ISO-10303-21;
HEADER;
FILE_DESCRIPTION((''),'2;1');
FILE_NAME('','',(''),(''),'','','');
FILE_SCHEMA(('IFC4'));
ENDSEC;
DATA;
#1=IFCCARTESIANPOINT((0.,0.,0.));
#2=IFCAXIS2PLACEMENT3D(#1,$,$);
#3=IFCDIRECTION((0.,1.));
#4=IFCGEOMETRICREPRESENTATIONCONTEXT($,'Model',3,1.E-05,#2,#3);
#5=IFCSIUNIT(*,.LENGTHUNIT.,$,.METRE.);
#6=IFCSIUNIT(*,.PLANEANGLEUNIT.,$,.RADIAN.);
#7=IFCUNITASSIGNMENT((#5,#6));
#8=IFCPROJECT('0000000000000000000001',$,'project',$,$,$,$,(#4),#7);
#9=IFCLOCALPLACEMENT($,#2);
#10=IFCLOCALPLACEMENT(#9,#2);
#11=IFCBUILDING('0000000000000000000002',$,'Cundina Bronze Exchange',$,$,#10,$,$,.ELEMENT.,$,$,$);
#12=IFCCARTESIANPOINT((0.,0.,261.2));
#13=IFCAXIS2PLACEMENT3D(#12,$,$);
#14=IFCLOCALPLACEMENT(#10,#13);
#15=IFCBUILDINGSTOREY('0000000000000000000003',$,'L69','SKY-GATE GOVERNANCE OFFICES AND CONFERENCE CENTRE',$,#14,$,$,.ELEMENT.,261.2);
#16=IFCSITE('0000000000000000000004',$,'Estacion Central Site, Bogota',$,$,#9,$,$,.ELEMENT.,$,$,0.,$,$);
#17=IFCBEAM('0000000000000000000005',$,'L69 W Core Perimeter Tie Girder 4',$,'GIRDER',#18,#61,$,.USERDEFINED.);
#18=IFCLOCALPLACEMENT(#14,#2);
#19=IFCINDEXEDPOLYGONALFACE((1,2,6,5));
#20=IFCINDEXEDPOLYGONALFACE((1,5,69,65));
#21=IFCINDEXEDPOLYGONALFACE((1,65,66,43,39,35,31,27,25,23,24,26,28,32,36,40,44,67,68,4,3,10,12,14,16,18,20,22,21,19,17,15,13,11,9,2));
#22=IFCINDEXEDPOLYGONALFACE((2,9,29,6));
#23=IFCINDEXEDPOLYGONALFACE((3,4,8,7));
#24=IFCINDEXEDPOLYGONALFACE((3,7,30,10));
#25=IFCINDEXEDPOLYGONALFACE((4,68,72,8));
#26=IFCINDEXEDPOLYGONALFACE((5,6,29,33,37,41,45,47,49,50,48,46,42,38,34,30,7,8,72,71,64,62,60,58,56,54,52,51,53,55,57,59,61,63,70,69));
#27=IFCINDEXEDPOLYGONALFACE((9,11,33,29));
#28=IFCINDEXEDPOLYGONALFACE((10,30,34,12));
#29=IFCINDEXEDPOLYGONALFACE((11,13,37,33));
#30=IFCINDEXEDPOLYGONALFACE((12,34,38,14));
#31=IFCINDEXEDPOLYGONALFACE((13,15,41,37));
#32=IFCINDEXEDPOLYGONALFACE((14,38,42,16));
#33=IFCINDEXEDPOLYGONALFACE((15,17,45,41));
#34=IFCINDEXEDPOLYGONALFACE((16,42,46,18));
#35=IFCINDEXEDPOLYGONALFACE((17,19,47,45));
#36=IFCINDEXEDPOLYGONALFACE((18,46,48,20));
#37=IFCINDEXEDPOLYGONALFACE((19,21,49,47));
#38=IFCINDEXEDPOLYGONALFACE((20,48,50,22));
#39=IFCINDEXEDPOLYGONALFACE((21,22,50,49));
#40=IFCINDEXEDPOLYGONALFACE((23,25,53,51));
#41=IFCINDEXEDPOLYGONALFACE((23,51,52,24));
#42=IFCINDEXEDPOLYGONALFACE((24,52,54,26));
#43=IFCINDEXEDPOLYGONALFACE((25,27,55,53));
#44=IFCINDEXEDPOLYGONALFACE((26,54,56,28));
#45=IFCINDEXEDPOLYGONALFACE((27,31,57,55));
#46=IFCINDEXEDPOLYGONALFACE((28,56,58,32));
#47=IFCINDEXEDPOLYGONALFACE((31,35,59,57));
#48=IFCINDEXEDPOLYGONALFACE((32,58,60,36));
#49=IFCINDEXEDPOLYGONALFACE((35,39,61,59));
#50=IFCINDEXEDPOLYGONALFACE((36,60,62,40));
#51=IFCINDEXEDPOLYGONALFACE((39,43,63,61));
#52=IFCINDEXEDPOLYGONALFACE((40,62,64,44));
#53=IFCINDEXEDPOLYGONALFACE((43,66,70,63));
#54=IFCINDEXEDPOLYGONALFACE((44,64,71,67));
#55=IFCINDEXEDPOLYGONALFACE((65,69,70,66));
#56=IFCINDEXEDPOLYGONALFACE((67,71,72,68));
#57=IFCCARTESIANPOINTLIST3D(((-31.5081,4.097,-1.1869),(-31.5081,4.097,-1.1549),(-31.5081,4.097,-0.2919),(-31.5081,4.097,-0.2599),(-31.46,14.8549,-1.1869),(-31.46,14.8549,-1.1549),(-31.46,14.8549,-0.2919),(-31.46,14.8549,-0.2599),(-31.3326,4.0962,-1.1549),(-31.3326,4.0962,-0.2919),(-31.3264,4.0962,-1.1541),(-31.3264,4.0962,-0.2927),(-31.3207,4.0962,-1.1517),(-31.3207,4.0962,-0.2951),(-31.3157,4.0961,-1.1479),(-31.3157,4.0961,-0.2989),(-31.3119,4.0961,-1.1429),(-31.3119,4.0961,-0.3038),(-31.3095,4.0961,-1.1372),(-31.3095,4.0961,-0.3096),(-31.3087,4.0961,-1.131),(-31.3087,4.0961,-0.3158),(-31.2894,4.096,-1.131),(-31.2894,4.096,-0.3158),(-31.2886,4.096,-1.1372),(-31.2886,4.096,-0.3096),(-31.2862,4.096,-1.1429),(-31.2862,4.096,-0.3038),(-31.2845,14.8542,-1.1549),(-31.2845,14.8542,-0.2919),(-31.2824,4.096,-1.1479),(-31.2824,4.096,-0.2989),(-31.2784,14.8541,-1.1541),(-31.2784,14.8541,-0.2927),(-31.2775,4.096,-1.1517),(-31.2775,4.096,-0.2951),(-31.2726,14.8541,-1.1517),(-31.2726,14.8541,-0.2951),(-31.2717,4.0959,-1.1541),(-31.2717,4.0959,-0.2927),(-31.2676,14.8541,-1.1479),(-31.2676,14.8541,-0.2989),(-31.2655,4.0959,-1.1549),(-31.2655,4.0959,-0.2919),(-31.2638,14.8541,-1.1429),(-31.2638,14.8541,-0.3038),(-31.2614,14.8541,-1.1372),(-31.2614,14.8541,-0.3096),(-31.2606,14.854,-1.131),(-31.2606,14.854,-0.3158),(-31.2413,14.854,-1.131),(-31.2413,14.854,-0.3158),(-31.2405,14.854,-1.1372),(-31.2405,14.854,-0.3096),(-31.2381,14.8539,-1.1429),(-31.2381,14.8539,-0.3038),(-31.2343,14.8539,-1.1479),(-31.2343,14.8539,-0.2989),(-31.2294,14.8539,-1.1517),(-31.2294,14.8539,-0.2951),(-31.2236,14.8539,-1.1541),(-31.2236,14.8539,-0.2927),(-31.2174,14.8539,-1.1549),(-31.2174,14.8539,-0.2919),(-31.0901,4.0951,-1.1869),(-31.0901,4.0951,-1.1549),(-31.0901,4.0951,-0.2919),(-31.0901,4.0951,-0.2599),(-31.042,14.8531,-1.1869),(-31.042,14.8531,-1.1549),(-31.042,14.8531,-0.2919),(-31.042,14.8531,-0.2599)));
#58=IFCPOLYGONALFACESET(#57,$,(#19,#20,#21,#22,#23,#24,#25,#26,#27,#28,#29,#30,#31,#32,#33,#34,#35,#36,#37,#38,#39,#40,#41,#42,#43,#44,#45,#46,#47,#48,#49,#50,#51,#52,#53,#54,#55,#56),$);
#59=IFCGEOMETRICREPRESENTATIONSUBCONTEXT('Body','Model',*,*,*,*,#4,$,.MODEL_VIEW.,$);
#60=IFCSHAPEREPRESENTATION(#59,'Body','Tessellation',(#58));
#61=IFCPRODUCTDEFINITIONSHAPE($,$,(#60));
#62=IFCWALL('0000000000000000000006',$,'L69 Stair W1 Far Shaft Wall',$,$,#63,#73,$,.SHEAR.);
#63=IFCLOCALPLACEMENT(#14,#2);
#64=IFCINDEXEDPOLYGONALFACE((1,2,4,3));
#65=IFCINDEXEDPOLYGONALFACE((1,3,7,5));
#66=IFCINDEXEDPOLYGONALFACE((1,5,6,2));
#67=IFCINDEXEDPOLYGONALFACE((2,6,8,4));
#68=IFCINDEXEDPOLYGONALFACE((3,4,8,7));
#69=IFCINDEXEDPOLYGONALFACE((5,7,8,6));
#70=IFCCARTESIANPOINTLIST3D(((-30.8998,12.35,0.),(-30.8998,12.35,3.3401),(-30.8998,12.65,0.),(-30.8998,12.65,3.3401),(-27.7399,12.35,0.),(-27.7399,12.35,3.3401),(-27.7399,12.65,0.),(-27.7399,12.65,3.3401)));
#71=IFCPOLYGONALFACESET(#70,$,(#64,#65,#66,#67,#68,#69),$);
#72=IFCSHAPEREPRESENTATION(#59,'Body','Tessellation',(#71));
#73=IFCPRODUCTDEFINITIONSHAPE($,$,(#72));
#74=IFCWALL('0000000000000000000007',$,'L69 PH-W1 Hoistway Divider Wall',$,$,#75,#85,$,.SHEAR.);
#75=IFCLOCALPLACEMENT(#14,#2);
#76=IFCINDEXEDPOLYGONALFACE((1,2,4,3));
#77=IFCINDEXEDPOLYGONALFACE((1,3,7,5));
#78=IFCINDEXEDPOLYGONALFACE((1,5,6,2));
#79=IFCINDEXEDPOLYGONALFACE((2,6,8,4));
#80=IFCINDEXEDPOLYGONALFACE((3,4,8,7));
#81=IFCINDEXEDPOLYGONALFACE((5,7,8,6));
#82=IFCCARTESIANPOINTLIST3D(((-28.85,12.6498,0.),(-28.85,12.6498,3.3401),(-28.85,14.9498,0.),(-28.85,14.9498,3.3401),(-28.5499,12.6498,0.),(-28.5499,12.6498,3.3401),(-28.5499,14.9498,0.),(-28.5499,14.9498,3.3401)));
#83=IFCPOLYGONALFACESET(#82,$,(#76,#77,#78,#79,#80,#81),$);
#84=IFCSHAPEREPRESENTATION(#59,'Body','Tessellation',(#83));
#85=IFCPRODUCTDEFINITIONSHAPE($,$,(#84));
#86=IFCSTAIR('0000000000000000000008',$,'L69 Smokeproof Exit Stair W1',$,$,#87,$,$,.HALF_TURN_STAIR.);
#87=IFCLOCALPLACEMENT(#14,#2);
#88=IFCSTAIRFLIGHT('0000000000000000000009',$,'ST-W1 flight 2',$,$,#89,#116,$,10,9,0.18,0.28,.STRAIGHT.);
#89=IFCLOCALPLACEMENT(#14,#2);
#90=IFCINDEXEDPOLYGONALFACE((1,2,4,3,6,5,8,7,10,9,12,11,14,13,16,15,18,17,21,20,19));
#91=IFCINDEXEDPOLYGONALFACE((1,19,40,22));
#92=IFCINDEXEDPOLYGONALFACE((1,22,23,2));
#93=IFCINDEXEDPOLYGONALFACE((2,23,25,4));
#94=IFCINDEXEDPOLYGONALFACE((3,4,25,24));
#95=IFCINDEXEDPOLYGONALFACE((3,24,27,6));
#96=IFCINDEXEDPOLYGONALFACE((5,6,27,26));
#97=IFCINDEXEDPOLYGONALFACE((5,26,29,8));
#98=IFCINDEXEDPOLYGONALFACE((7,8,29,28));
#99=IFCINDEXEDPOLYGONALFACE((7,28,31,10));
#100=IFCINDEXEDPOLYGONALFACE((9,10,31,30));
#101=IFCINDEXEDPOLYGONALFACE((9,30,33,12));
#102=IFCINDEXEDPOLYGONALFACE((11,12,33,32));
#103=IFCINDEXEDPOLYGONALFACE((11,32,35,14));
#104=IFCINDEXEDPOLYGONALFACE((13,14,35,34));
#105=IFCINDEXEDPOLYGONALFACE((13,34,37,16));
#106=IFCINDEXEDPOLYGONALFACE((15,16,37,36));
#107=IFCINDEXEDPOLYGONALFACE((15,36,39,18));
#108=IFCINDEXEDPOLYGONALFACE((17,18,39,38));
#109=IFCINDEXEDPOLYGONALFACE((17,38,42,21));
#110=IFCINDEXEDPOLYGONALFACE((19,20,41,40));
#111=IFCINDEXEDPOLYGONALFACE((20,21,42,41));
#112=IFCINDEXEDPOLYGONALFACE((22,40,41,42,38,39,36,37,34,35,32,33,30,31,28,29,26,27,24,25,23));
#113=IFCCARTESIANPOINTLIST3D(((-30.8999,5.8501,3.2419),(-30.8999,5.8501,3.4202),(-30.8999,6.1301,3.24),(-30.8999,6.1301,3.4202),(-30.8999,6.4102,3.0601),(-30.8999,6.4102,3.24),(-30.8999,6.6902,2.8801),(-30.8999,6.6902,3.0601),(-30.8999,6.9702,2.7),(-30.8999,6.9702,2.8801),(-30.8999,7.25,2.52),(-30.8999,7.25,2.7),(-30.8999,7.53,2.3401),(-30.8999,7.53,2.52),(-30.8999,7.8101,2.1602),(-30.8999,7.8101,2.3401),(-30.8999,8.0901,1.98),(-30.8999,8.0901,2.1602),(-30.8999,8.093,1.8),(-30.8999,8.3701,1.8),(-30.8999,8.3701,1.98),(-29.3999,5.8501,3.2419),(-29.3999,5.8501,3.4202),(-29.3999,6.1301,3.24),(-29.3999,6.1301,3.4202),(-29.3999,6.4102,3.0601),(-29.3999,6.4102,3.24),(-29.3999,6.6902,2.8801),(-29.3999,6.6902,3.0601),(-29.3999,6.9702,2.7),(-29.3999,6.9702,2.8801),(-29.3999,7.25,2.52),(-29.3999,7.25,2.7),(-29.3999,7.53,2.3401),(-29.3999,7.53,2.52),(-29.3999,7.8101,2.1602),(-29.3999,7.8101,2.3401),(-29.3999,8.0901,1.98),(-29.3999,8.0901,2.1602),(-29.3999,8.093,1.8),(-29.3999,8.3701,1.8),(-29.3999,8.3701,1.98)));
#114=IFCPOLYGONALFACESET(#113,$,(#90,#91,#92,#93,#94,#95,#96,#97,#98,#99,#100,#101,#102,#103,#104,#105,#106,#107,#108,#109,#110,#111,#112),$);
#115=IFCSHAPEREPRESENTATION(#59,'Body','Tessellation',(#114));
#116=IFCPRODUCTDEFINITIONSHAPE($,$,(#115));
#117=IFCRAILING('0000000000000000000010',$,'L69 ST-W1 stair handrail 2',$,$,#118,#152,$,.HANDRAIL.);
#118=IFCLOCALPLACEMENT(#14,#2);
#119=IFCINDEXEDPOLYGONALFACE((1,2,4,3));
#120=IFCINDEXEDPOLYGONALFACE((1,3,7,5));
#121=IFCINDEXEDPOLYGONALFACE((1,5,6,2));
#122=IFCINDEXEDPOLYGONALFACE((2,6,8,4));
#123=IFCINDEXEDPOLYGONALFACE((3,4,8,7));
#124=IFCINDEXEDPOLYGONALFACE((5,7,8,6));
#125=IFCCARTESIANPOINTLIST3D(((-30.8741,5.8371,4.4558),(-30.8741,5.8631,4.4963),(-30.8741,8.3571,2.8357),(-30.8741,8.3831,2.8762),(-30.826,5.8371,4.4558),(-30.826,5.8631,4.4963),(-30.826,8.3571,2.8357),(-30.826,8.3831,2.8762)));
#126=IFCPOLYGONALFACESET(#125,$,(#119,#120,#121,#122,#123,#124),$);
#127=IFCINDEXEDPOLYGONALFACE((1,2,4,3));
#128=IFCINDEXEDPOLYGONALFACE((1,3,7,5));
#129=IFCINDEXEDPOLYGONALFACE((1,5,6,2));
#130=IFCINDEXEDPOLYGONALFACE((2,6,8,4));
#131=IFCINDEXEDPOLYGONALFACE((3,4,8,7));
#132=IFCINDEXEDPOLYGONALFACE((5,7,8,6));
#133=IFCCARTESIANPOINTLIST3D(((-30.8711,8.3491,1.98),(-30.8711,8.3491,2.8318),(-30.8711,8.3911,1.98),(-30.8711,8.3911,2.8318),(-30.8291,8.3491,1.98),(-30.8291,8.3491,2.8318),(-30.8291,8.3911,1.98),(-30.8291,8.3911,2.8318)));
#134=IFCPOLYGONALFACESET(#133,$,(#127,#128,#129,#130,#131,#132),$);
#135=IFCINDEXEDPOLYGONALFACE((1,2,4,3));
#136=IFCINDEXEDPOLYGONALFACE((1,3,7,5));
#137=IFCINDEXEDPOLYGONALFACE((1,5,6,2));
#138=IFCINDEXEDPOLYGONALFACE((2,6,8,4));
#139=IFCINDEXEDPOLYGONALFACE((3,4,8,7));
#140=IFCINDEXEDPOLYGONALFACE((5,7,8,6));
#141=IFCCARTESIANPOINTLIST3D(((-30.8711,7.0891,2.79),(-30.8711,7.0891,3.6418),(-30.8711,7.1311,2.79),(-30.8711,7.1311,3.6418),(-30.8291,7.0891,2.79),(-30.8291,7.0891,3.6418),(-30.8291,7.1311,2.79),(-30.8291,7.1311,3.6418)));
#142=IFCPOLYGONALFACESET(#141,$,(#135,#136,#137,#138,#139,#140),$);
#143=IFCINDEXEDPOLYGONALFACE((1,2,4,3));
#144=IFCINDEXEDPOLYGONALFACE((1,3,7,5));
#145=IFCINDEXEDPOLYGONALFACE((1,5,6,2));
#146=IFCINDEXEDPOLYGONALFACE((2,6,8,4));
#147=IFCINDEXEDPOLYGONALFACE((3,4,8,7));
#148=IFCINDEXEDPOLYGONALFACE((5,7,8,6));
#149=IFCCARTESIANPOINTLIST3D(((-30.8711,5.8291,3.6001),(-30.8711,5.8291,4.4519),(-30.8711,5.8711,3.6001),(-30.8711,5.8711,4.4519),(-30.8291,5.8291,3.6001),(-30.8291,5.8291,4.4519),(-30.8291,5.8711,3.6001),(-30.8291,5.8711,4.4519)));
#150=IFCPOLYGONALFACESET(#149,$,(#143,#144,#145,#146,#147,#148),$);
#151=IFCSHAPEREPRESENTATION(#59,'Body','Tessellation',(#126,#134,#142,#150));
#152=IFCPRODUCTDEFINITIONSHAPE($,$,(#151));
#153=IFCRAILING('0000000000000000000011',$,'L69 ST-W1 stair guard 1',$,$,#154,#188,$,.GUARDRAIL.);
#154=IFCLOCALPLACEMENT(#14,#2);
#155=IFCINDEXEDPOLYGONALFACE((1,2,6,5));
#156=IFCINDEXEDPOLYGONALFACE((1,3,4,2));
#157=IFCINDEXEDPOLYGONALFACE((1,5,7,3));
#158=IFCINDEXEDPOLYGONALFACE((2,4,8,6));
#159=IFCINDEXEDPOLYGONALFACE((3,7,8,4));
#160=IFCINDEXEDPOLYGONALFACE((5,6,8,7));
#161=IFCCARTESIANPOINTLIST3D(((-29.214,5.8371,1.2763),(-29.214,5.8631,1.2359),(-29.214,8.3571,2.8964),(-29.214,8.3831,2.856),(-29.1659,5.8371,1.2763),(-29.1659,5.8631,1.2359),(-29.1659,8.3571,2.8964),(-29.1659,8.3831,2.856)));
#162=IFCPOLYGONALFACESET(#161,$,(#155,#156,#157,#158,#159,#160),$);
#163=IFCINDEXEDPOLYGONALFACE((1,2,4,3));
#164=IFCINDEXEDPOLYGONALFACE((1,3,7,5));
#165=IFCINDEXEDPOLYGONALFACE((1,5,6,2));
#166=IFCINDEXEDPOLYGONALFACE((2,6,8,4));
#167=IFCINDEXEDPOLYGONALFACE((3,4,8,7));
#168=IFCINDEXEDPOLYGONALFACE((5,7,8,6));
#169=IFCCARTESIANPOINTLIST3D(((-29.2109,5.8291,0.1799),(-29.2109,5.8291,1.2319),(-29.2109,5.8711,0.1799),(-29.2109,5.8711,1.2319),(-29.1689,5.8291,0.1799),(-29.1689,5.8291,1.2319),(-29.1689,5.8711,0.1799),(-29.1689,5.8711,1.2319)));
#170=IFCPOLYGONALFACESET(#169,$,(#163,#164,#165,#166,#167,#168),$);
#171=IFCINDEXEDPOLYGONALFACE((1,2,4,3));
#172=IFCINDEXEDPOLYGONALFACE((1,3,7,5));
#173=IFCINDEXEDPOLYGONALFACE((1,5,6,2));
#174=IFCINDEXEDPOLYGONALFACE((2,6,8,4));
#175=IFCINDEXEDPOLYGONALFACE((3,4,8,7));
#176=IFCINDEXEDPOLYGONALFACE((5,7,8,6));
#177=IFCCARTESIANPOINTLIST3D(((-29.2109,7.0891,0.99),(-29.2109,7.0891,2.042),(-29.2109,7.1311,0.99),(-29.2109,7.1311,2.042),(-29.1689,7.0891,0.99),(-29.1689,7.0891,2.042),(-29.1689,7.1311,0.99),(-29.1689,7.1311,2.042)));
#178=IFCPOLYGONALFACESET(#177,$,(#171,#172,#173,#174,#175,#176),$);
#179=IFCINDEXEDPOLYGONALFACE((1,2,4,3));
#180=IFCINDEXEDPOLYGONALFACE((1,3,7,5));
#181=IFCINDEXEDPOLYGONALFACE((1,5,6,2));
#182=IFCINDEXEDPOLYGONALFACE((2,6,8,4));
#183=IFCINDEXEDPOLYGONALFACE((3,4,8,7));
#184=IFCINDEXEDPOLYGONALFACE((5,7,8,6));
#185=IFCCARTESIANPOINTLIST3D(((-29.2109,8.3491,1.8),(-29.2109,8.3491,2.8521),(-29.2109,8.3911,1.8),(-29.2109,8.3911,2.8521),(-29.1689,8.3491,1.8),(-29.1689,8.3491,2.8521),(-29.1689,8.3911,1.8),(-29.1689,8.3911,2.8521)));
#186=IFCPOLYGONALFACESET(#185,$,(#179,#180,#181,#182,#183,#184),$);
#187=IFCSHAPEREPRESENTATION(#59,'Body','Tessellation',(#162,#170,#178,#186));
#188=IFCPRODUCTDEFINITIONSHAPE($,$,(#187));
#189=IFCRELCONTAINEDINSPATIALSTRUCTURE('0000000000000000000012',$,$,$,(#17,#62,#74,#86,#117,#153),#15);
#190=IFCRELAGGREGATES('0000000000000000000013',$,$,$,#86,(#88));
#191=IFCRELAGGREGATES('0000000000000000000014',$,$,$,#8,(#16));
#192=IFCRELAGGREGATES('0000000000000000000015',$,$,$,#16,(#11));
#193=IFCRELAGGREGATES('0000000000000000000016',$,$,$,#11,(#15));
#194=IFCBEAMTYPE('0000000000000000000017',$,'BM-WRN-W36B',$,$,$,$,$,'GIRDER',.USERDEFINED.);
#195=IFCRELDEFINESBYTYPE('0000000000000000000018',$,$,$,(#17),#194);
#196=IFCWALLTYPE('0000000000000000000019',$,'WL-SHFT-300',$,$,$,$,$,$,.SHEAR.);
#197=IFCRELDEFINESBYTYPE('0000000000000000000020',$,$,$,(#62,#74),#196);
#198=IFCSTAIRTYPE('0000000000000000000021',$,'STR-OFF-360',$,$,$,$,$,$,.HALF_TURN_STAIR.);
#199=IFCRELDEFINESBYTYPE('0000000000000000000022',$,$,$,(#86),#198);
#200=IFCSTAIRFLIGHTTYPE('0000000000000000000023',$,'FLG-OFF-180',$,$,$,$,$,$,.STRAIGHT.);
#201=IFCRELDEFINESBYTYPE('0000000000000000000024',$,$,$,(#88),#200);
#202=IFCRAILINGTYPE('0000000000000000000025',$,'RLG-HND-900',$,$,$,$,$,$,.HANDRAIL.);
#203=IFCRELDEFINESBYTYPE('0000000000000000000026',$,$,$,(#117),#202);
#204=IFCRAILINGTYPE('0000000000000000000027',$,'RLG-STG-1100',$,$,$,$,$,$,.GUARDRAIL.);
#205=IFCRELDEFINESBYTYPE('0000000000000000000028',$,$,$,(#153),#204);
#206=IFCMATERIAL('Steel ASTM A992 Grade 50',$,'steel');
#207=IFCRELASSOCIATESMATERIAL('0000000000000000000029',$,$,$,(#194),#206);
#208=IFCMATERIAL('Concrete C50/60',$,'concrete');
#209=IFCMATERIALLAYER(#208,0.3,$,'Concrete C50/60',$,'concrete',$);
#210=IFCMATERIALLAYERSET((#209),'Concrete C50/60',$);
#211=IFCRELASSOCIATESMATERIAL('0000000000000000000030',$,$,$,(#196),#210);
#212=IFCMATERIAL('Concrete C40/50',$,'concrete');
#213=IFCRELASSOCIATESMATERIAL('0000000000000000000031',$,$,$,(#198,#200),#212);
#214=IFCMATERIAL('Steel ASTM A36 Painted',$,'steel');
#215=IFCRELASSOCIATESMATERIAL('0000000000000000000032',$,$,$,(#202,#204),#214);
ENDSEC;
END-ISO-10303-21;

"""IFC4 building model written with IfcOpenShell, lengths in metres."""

from ifc_helpers import new_model, si_unit, direction, frame, frame_2d, origin, origin_2d, place, context, subcontext, project, spatial, polyline, rectangle, i_section, outline, extrude, material, layer, layer_set, material_profile, profile_set, type_object, element, aggregate, save


model = new_model("IFC4")

# Units and contexts
model_context = context("Model", 3, precision=1e-05, world=origin(), true_north=direction((0.0, 1.0)))
body_context = subcontext(model_context, "Body", "Model", "MODEL_VIEW")
ifc_project = project(units=[si_unit("LENGTHUNIT", "METRE"), si_unit("PLANEANGLEUNIT", "RADIAN")], contexts=[model_context])

# Site, building, storey
site_placement = place(None, origin())
site = spatial("IfcSite", under=ifc_project, at=site_placement, Name="Estacion Central Site, Bogota", CompositionType="ELEMENT", RefElevation=0.0)
building_placement = place(site_placement, origin())
building = spatial("IfcBuilding", under=site, at=building_placement, Name="Cundina Bronze Exchange", CompositionType="ELEMENT")
storey_placement = place(building_placement, frame((0.0, 0.0, 261.2)))
storey = spatial("IfcBuildingStorey", under=building, at=storey_placement, Name="L69", Description="SKY-GATE GOVERNANCE OFFICES AND CONFERENCE CENTRE", CompositionType="ELEMENT", Elevation=261.2)

# Shared definitions
ifc_material_1 = material(Name="Steel ASTM A992 Grade 50", Category="steel")

# Beam
ifc_material_profile_1 = material_profile(ifc_material_1, i_section(OverallWidth=0.418, OverallDepth=0.927, WebThickness=0.0193, FlangeThickness=0.032, FilletRadius=0.0239, at=origin_2d()), Name="W36X231", Category="steel")
ifc_profile_set_1 = profile_set([ifc_material_profile_1], Name="Steel ASTM A992 Grade 50")
beam_type_1 = type_object("IfcBeamType", Name="BM-WRN-W36B", ElementType="GIRDER", PredefinedType="USERDEFINED", material=ifc_profile_set_1)
beam_1_placement = place(storey_placement, frame((-31.251, 14.854, -0.7234), z_axis=(-0.004471, -0.99999, 0.0), x_axis=(0.99999, -0.004471, 0.0)))
element("IfcBeam", 1, at=beam_1_placement, inside=storey, type_object=beam_type_1, Name="L69 W Core Perimeter Tie Girder 4", ObjectType="GIRDER", PredefinedType="USERDEFINED", context=body_context, shape_type="SweptSolid", body=[
    extrude(i_section(OverallWidth=0.418, OverallDepth=0.927, WebThickness=0.0193, FlangeThickness=0.032, FilletRadius=0.0239, at=origin_2d()), origin(), (0.0, 0.0, 1.0), 10.7581),
])

# Shared definitions
ifc_material_2 = material(Name="Concrete C50/60", Category="concrete")
ifc_layer_1 = layer(ifc_material_2, 0.3, Name="Concrete C50/60", Category="concrete")
ifc_layer_set_1 = layer_set([ifc_layer_1], Name="Concrete C50/60")
wall_type_1 = type_object("IfcWallType", Name="WL-SHFT-300", PredefinedType="SHEAR", material=ifc_layer_set_1)
ifc_material_3 = material(Name="Steel ASTM A36 Painted", Category="steel")

# Walls
wall_1_placement = place(storey_placement, frame((-30.8999, 12.5, 0.0), z_axis=(0.0, 0.0, 1.0), x_axis=(1.0, 0.0, 0.0)))
element("IfcWall", 2, at=wall_1_placement, inside=storey, type_object=wall_type_1, Name="L69 Stair W1 Far Shaft Wall", PredefinedType="SHEAR", context=body_context, shape_type="SweptSolid", body=[
    extrude(rectangle(XDim=3.1599, YDim=0.3, at=frame_2d((1.5801, 0.0))), origin(), (0.0, 0.0, 1.0), 3.3401),
])
wall_2_placement = place(storey_placement, frame((-28.7, 12.6499, 0.0), z_axis=(0.0, 0.0, 1.0), x_axis=(0.0, 1.0, 0.0)))
element("IfcWall", 3, at=wall_2_placement, inside=storey, type_object=wall_type_1, Name="L69 PH-W1 Hoistway Divider Wall", PredefinedType="SHEAR", context=body_context, shape_type="SweptSolid", body=[
    extrude(rectangle(XDim=2.3, YDim=0.3, at=frame_2d((1.1499, 0.0))), origin(), (0.0, 0.0, 1.0), 3.3401),
])

# Stair, stair flight
ifc_material_4 = material(Name="Concrete C40/50", Category="concrete")
stair_type = type_object("IfcStairType", Name="STR-OFF-360", PredefinedType="HALF_TURN_STAIR", material=ifc_material_4)
stair_placement = place(storey_placement, origin())
stair = element("IfcStair", 4, at=stair_placement, inside=storey, type_object=stair_type, Name="L69 Smokeproof Exit Stair W1", PredefinedType="HALF_TURN_STAIR")
stair_flight_type = type_object("IfcStairFlightType", Name="FLG-OFF-180", PredefinedType="STRAIGHT", material=ifc_material_4)
stair_flight_placement = place(storey_placement, frame((-30.1499, 8.3701, 1.8), z_axis=(0.0, 0.0, 1.0), x_axis=(0.0, -1.0, 0.0)))
stair_flight = element("IfcStairFlight", 5, at=stair_flight_placement, type_object=stair_flight_type, Name="ST-W1 flight 2", NumberOfRisers=10, NumberOfTreads=9, PredefinedType="STRAIGHT", RiserHeight=0.18, TreadLength=0.28, context=body_context, shape_type="SweptSolid", body=[
    extrude(outline(polyline([(0.0, 0.0), (0.0, 0.1799), (0.28, 0.1799), (0.28, 0.3601), (0.5601, 0.3601), (0.5601, 0.54), (0.8401, 0.54), (0.8401, 0.72), (1.1201, 0.72), (1.1201, 0.8999), (1.3999, 0.8999), (1.3999, 1.0801), (1.6799, 1.0801), (1.6799, 1.26), (1.96, 1.26), (1.96, 1.4399), (2.24, 1.4399), (2.24, 1.6201), (2.52, 1.6201), (2.52, 1.8), (2.52, 1.4419), (0.2771, 0.0), (0.0, 0.0)])), frame((0.0, 0.75, 0.0), z_axis=(0.0, -1.0, 0.0), x_axis=(1.0, 0.0, 0.0)), (0.0, 0.0, 1.0), 1.5),
])
aggregate(stair, [stair_flight])

# Railings
railing_type_1 = type_object("IfcRailingType", Name="RLG-HND-900", PredefinedType="HANDRAIL", material=ifc_material_3)
railing_1_placement = place(storey_placement, frame((-30.8501, 8.3701, 1.98)))
element("IfcRailing", 6, at=railing_1_placement, inside=storey, type_object=railing_type_1, Name="L69 ST-W1 stair handrail 2", PredefinedType="HANDRAIL", context=body_context, shape_type="SweptSolid", body=[
    extrude(rectangle(XDim=0.0481, YDim=0.0481, at=origin_2d()), frame((0.0, 0.0, 0.876), z_axis=(0.0, -0.841163, 0.540782), x_axis=(1.0, 0.0, 0.0)), (0.0, 0.0, 1.0), 2.9958),
    extrude(rectangle(XDim=0.042, YDim=0.042, at=origin_2d()), origin(), (0.0, 0.0, 1.0), 0.8518),
    extrude(rectangle(XDim=0.042, YDim=0.042, at=origin_2d()), frame((0.0, -1.26, 0.8101)), (0.0, 0.0, 1.0), 0.8518),
    extrude(rectangle(XDim=0.042, YDim=0.042, at=origin_2d()), frame((0.0, -2.52, 1.6201)), (0.0, 0.0, 1.0), 0.8518),
])
railing_type_2 = type_object("IfcRailingType", Name="RLG-STG-1100", PredefinedType="GUARDRAIL", material=ifc_material_3)
railing_2_placement = place(storey_placement, frame((-29.1899, 5.8501, 0.1799)))
element("IfcRailing", 7, at=railing_2_placement, inside=storey, type_object=railing_type_2, Name="L69 ST-W1 stair guard 1", PredefinedType="GUARDRAIL", context=body_context, shape_type="SweptSolid", body=[
    extrude(rectangle(XDim=0.0481, YDim=0.0481, at=origin_2d()), frame((0.0, 0.0, 1.0762), z_axis=(0.0, 0.841163, 0.540782), x_axis=(-1.0, 0.0, 0.0)), (0.0, 0.0, 1.0), 2.9958),
    extrude(rectangle(XDim=0.042, YDim=0.042, at=origin_2d()), origin(), (0.0, 0.0, 1.0), 1.052),
    extrude(rectangle(XDim=0.042, YDim=0.042, at=origin_2d()), frame((0.0, 1.26, 0.8101)), (0.0, 0.0, 1.0), 1.052),
    extrude(rectangle(XDim=0.042, YDim=0.042, at=origin_2d()), frame((0.0, 2.52, 1.6201)), (0.0, 0.0, 1.0), 1.052),
])

save(model, "model.ifc")
